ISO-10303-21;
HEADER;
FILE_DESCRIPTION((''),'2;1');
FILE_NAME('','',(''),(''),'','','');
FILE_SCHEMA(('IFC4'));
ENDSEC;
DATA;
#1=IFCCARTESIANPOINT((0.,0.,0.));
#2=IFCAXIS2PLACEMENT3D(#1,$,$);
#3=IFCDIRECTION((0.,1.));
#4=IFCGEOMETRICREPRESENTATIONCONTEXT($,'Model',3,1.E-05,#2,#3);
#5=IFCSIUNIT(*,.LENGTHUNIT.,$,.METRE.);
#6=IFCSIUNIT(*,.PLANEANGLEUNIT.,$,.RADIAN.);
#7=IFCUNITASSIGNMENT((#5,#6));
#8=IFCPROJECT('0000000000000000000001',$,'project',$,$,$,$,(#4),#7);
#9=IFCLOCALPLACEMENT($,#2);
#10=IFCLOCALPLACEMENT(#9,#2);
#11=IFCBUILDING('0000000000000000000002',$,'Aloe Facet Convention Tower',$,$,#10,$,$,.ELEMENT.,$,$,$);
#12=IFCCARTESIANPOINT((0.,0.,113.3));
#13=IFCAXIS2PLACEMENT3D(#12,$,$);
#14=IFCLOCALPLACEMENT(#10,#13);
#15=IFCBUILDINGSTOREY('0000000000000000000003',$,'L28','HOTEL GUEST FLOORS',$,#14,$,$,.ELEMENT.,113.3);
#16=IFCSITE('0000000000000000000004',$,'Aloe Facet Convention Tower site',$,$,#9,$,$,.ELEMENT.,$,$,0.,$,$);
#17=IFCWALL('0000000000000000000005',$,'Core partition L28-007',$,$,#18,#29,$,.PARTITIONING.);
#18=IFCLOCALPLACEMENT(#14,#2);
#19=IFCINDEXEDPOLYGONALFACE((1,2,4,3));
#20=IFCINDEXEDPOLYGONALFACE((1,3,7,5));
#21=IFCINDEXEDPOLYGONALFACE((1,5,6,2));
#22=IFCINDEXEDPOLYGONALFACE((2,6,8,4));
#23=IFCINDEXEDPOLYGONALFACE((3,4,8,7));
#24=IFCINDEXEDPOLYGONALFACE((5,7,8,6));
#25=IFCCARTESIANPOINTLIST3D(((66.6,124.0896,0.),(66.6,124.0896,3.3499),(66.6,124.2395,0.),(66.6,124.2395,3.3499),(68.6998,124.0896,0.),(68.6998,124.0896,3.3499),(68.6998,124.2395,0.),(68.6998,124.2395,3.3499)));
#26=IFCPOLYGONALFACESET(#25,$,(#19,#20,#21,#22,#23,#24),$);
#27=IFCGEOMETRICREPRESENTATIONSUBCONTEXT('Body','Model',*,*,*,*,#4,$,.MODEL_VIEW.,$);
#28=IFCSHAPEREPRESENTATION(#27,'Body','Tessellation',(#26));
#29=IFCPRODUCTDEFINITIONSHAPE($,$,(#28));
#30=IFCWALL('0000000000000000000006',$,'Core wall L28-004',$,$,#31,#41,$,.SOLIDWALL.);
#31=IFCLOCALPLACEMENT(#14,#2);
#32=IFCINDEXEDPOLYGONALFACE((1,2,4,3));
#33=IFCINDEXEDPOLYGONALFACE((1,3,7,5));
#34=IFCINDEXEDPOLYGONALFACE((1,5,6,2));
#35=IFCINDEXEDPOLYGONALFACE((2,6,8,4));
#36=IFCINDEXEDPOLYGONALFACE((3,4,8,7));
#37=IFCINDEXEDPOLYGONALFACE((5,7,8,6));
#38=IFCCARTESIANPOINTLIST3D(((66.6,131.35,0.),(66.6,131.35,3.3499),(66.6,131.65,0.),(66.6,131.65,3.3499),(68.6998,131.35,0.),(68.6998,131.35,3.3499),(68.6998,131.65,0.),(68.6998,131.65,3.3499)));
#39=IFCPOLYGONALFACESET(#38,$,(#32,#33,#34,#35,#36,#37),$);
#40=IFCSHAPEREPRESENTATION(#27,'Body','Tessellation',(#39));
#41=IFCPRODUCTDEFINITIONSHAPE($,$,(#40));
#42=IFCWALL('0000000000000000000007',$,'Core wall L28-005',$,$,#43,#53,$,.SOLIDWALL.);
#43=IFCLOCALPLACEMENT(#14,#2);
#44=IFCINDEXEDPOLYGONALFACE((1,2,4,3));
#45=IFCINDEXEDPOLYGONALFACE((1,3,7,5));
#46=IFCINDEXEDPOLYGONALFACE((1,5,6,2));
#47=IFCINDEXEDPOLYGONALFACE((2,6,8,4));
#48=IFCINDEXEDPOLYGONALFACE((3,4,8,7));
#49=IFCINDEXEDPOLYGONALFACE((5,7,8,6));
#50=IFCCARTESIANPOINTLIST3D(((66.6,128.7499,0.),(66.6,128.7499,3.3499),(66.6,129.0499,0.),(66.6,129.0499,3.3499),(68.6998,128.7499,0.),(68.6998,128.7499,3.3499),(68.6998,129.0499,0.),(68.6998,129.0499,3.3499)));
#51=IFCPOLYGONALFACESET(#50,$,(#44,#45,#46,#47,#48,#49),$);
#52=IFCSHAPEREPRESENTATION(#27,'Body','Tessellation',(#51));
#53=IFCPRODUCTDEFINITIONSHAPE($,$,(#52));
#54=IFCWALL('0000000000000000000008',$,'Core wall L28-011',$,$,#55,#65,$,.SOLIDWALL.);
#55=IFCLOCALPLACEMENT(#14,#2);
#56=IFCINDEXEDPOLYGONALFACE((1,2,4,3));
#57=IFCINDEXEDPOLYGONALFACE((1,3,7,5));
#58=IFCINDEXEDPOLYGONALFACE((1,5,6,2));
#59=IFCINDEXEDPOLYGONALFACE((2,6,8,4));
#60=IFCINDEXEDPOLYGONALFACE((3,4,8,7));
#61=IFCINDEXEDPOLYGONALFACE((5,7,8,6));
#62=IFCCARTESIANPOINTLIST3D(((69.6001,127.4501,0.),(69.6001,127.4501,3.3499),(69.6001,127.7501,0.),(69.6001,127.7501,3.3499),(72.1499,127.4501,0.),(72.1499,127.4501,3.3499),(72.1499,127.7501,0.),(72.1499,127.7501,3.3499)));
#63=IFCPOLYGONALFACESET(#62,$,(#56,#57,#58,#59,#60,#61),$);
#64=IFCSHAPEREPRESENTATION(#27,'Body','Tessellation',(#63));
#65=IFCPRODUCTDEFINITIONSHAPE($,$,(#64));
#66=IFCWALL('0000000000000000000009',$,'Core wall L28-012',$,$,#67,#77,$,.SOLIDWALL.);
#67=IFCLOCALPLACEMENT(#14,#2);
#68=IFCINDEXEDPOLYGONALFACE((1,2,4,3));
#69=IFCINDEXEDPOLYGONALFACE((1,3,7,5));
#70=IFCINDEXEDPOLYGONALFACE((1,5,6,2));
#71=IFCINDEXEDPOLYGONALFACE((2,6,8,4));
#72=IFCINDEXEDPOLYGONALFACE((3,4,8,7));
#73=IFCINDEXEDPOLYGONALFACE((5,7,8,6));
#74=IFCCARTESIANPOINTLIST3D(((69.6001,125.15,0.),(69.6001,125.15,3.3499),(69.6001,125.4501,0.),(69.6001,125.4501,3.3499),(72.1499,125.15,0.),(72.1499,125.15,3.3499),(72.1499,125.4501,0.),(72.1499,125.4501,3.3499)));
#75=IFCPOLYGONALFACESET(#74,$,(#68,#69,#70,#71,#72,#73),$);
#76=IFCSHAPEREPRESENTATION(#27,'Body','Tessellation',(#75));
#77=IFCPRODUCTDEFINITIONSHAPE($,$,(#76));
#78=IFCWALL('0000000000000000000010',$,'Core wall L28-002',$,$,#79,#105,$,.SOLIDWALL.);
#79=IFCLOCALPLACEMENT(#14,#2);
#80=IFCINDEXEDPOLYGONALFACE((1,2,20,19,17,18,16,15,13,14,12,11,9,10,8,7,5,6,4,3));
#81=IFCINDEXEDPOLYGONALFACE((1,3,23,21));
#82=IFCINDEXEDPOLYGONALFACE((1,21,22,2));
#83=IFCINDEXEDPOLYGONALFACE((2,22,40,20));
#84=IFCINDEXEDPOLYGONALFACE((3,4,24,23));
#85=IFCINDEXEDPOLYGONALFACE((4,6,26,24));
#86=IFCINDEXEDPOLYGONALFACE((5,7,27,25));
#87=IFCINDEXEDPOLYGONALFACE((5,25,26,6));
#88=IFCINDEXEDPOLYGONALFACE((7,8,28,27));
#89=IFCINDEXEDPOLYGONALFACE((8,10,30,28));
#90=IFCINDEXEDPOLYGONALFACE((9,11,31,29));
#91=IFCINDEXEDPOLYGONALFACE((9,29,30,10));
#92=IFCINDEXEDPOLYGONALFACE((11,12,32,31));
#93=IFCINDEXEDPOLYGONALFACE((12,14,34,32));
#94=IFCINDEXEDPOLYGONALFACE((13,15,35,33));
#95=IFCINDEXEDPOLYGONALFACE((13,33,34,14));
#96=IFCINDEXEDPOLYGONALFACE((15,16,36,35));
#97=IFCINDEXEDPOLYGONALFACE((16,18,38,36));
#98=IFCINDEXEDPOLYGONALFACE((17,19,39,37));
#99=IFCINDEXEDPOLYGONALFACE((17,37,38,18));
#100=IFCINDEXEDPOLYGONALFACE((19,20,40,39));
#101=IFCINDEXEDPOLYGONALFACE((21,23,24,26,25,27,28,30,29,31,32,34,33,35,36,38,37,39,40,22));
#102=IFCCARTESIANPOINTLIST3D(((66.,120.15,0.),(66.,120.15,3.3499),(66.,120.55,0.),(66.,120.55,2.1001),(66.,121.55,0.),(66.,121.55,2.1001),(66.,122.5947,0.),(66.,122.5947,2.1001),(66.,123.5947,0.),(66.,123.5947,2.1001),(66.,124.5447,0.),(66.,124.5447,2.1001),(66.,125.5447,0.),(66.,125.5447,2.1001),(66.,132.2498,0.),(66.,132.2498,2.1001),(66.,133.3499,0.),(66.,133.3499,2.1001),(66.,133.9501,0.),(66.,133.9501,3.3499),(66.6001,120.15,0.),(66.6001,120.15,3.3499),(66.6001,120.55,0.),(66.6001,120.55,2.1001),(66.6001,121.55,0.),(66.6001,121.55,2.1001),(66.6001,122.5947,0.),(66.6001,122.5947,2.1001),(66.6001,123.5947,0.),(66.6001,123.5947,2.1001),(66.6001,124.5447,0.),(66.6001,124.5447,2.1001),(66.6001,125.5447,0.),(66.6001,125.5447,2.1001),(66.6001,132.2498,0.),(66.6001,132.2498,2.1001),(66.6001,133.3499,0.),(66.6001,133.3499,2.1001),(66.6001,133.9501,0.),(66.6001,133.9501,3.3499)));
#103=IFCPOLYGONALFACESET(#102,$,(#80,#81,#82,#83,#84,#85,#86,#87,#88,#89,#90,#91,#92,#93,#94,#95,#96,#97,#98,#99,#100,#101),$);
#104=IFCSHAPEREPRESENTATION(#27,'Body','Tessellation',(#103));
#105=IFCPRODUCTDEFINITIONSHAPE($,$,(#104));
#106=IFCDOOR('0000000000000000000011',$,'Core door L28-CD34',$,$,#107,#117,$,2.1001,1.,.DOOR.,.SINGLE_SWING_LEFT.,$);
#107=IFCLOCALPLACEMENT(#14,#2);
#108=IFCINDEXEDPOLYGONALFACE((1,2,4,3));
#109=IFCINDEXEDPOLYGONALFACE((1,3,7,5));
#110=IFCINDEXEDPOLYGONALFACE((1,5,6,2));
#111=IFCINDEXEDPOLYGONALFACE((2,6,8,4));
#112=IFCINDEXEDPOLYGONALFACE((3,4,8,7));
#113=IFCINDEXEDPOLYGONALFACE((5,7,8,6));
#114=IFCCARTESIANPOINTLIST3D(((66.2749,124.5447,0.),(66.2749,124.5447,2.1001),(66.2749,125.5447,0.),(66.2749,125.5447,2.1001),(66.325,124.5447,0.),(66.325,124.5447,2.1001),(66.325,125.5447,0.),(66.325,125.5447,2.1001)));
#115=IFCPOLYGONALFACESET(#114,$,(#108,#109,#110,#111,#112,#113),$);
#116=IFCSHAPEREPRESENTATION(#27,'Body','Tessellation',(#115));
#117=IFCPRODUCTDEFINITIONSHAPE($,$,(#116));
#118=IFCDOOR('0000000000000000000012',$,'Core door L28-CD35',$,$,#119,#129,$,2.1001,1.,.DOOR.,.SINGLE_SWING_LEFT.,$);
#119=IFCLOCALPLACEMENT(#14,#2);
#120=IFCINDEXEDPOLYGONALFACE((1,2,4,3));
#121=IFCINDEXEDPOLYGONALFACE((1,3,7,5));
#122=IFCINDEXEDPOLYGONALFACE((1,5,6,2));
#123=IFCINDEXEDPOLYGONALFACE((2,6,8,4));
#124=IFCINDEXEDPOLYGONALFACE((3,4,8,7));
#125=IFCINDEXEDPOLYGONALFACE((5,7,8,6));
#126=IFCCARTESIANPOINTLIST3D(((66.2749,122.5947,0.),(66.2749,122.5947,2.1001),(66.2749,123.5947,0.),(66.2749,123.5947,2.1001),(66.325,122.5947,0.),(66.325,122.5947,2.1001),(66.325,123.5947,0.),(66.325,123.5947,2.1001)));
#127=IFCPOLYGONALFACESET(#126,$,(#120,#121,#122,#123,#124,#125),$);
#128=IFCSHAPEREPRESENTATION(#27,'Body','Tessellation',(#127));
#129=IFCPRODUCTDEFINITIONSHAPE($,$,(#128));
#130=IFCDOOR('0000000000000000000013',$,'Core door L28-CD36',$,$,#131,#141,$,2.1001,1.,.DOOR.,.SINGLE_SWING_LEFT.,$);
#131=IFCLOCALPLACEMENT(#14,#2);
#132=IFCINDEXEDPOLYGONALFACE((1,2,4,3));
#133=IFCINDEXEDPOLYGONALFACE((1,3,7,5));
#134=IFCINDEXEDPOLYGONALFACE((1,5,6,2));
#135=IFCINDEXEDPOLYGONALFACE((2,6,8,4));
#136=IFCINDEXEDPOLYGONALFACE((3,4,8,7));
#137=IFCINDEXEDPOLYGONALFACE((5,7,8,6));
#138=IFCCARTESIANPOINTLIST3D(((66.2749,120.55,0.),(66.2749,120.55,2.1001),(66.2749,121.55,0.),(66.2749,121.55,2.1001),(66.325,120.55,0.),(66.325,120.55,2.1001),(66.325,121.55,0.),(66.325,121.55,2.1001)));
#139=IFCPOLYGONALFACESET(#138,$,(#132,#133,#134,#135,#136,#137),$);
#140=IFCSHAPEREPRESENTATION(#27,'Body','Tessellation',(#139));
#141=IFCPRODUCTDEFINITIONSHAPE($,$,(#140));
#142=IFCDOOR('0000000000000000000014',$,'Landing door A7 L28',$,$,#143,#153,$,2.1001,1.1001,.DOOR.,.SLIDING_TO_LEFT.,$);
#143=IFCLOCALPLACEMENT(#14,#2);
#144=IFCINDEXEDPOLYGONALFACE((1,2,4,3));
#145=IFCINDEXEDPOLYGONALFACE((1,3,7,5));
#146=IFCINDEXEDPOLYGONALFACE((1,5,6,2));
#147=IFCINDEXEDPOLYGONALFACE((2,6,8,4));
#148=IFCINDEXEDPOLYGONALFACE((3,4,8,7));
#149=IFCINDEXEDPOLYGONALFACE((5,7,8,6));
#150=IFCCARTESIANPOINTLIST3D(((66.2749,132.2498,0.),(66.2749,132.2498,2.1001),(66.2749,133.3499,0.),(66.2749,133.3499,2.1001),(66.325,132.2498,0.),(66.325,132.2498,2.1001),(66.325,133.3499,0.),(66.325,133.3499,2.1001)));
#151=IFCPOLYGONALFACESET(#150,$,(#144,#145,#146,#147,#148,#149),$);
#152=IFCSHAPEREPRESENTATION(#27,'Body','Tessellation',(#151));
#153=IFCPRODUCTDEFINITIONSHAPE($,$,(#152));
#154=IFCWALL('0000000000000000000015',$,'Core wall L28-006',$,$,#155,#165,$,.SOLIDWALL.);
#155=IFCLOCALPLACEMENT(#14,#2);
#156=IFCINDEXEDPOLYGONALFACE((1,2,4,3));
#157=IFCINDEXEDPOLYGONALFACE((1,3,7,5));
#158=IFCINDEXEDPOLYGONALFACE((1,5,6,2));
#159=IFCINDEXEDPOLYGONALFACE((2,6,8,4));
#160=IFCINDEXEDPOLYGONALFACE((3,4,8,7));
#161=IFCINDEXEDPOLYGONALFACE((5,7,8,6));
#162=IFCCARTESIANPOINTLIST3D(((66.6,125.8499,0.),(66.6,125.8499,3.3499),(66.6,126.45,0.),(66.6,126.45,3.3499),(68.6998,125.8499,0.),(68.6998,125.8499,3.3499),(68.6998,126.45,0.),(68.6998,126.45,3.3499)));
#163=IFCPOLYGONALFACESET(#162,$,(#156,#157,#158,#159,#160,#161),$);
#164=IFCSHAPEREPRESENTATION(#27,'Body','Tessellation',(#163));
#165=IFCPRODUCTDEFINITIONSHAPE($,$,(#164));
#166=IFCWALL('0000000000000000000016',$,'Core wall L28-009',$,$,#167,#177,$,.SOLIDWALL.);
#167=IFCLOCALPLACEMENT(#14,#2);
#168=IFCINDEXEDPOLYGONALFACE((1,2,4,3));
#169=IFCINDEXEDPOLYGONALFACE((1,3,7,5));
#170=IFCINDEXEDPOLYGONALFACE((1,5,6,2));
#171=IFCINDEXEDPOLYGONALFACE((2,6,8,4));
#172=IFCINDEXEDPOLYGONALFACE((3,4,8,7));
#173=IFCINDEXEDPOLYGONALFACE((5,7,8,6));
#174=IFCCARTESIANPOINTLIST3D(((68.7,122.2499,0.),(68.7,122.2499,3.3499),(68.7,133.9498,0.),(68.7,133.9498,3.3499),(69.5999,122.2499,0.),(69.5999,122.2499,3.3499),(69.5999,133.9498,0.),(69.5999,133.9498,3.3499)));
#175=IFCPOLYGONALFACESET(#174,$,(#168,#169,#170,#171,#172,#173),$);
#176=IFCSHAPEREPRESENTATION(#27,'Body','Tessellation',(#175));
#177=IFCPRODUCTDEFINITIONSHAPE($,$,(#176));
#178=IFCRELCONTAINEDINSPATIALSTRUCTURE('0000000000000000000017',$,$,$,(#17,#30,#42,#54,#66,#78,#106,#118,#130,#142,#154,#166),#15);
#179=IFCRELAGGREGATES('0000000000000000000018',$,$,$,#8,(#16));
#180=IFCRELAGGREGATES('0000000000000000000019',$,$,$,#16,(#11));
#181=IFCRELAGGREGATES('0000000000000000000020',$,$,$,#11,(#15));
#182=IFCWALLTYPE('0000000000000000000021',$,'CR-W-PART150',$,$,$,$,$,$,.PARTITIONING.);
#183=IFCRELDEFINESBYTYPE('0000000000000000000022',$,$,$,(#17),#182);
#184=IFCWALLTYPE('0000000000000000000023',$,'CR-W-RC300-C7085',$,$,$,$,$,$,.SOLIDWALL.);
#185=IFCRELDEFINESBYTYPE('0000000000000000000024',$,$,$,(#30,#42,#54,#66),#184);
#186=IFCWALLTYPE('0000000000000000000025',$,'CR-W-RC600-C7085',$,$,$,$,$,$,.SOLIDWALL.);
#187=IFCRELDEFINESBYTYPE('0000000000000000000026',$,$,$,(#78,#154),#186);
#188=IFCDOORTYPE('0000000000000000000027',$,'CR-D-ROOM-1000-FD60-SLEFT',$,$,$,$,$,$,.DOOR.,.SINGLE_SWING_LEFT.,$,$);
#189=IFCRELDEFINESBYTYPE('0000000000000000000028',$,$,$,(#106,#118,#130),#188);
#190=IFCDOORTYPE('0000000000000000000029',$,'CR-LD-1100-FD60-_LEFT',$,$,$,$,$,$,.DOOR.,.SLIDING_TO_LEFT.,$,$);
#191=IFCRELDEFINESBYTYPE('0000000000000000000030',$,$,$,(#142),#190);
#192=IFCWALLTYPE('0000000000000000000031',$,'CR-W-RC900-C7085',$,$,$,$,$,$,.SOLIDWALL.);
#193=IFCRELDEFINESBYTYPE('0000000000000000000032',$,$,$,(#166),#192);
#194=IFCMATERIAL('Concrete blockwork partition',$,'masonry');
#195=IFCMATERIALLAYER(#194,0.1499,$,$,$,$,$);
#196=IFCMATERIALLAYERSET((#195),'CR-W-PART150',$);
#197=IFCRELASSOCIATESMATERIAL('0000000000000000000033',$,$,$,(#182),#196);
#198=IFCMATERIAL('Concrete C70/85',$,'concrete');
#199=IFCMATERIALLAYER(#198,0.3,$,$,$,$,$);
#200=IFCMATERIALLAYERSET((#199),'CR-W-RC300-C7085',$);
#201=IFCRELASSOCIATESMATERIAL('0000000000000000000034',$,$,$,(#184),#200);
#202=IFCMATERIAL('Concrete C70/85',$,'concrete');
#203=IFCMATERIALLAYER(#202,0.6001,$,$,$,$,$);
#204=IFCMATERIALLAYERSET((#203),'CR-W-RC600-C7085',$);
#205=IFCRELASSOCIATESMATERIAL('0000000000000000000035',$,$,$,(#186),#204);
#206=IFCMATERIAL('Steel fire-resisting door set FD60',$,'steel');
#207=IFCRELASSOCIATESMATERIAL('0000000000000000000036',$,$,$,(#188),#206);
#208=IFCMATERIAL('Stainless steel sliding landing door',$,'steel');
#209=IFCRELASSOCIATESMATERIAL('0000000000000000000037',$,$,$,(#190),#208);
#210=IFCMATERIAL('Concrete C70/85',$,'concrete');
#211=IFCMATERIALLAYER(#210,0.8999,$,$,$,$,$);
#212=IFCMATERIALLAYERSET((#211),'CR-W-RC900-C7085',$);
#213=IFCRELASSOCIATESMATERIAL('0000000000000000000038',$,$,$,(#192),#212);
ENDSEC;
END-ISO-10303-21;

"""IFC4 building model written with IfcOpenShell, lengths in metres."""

from ifc_helpers import new_model, si_unit, direction, frame, frame_2d, origin, place, context, subcontext, project, spatial, rectangle, extrude, material, layer, layer_set, type_object, element, fill, save


model = new_model("IFC4")

# Units and contexts
model_context = context("Model", 3, precision=1e-05, world=origin(), true_north=direction((0.0, 1.0)))
body_context = subcontext(model_context, "Body", "Model", "MODEL_VIEW")
ifc_project = project(units=[si_unit("LENGTHUNIT", "METRE"), si_unit("PLANEANGLEUNIT", "RADIAN")], contexts=[model_context])

# Site, building, storey
site_placement = place(None, origin())
site = spatial("IfcSite", under=ifc_project, at=site_placement, Name="Aloe Facet Convention Tower site", CompositionType="ELEMENT", RefElevation=0.0)
building_placement = place(site_placement, origin())
building = spatial("IfcBuilding", under=site, at=building_placement, Name="Aloe Facet Convention Tower", CompositionType="ELEMENT")
storey_placement = place(building_placement, frame((0.0, 0.0, 113.3)))
storey = spatial("IfcBuildingStorey", under=building, at=storey_placement, Name="L28", Description="HOTEL GUEST FLOORS", CompositionType="ELEMENT", Elevation=113.3)

# Walls
ifc_material_1 = material(Name="Concrete blockwork partition", Category="masonry")
ifc_layer_1 = layer(ifc_material_1, 0.1499)
ifc_layer_set_1 = layer_set([ifc_layer_1], Name="CR-W-PART150")
wall_type_1 = type_object("IfcWallType", Name="CR-W-PART150", PredefinedType="PARTITIONING", material=ifc_layer_set_1)
wall_1_placement = place(storey_placement, frame((66.6001, 124.1646, 0.0), z_axis=(0.0, 0.0, 1.0), x_axis=(1.0, 0.0, 0.0)))
element("IfcWall", 1, at=wall_1_placement, inside=storey, type_object=wall_type_1, Name="Core partition L28-007", PredefinedType="PARTITIONING", context=body_context, shape_type="SweptSolid", body=[
    extrude(rectangle(XDim=2.0999, YDim=0.1499, at=frame_2d((1.0498, 0.0))), origin(), (0.0, 0.0, 1.0), 3.3499),
])
ifc_material_2 = material(Name="Concrete C70/85", Category="concrete")
ifc_layer_2 = layer(ifc_material_2, 0.3)
ifc_layer_set_2 = layer_set([ifc_layer_2], Name="CR-W-RC300-C7085")
wall_type_2 = type_object("IfcWallType", Name="CR-W-RC300-C7085", PredefinedType="SOLIDWALL", material=ifc_layer_set_2)
for number, where, z_axis, x_axis, name in (
    (2, (66.6001, 131.5, 0.0), (0.0, 0.0, 1.0), (1.0, 0.0, 0.0), "Core wall L28-004"),
    (3, (66.6001, 128.8999, 0.0), (0.0, 0.0, 1.0), (1.0, 0.0, 0.0), "Core wall L28-005"),
):
    element("IfcWall", number, at=place(storey_placement, frame(where, z_axis=z_axis, x_axis=x_axis)), inside=storey, type_object=wall_type_2, Name=name, PredefinedType="SOLIDWALL", context=body_context, shape_type="SweptSolid", body=[
        extrude(rectangle(XDim=2.0999, YDim=0.3, at=frame_2d((1.0498, 0.0))), origin(), (0.0, 0.0, 1.0), 3.3499),
    ])
for number, where, z_axis, x_axis, name in (
    (4, (69.6001, 127.6001, 0.0), (0.0, 0.0, 1.0), (1.0, 0.0, 0.0), "Core wall L28-011"),
    (5, (69.6001, 125.3, 0.0), (0.0, 0.0, 1.0), (1.0, 0.0, 0.0), "Core wall L28-012"),
):
    element("IfcWall", number, at=place(storey_placement, frame(where, z_axis=z_axis, x_axis=x_axis)), inside=storey, type_object=wall_type_2, Name=name, PredefinedType="SOLIDWALL", context=body_context, shape_type="SweptSolid", body=[
        extrude(rectangle(XDim=2.5498, YDim=0.3, at=frame_2d((1.2749, 0.0))), origin(), (0.0, 0.0, 1.0), 3.3499),
    ])

# Wall, openings, doors
ifc_material_3 = material(Name="Concrete C70/85", Category="concrete")
ifc_layer_3 = layer(ifc_material_3, 0.6001)
ifc_layer_set_3 = layer_set([ifc_layer_3], Name="CR-W-RC600-C7085")
wall_type_3 = type_object("IfcWallType", Name="CR-W-RC600-C7085", PredefinedType="SOLIDWALL", material=ifc_layer_set_3)
wall_2_placement = place(storey_placement, frame((66.3, 133.95, 0.0), z_axis=(0.0, 0.0, 1.0), x_axis=(0.0, -1.0, 0.0)))
wall_2 = element("IfcWall", 6, at=wall_2_placement, inside=storey, type_object=wall_type_3, Name="Core wall L28-002", PredefinedType="SOLIDWALL", context=body_context, shape_type="SweptSolid", body=[
    extrude(rectangle(XDim=13.8, YDim=0.6001, at=frame_2d((6.8999, 0.0))), origin(), (0.0, 0.0, 1.0), 3.3499),
])
opening_1_placement = place(wall_2_placement, frame((0.6001, 0.0, 0.0)))
opening_1 = element("IfcOpeningElement", 7, at=opening_1_placement, cuts=wall_2, PredefinedType="OPENING", context=body_context, shape_type="SweptSolid", body=[
    extrude(rectangle(XDim=1.1001, YDim=2.1001, at=frame_2d((0.55, 1.05))), frame((0.0, 0.3101, 0.0), z_axis=(0.0, -1.0, 0.0), x_axis=(1.0, 0.0, 0.0)), (0.0, 0.0, 1.0), 0.6201),
])
opening_2_placement = place(wall_2_placement, frame((8.4053, 0.0, 0.0)))
opening_2 = element("IfcOpeningElement", 8, at=opening_2_placement, cuts=wall_2, PredefinedType="OPENING", context=body_context, shape_type="SweptSolid", body=[
    extrude(rectangle(XDim=1.0, YDim=2.1001, at=frame_2d((0.5, 1.05))), frame((0.0, 0.3101, 0.0), z_axis=(0.0, -1.0, 0.0), x_axis=(1.0, 0.0, 0.0)), (0.0, 0.0, 1.0), 0.6201),
])
opening_3_placement = place(wall_2_placement, frame((10.3552, 0.0, 0.0)))
opening_3 = element("IfcOpeningElement", 9, at=opening_3_placement, cuts=wall_2, PredefinedType="OPENING", context=body_context, shape_type="SweptSolid", body=[
    extrude(rectangle(XDim=1.0, YDim=2.1001, at=frame_2d((0.5, 1.05))), frame((0.0, 0.3101, 0.0), z_axis=(0.0, -1.0, 0.0), x_axis=(1.0, 0.0, 0.0)), (0.0, 0.0, 1.0), 0.6201),
])
opening_4_placement = place(wall_2_placement, frame((12.3999, 0.0, 0.0)))
opening_4 = element("IfcOpeningElement", 10, at=opening_4_placement, cuts=wall_2, PredefinedType="OPENING", context=body_context, shape_type="SweptSolid", body=[
    extrude(rectangle(XDim=1.0, YDim=2.1001, at=frame_2d((0.5, 1.05))), frame((0.0, 0.3101, 0.0), z_axis=(0.0, -1.0, 0.0), x_axis=(1.0, 0.0, 0.0)), (0.0, 0.0, 1.0), 0.6201),
])
ifc_material_4 = material(Name="Steel fire-resisting door set FD60", Category="steel")
door_type_1 = type_object("IfcDoorType", Name="CR-D-ROOM-1000-FD60-SLEFT", OperationType="SINGLE_SWING_LEFT", PredefinedType="DOOR", material=ifc_material_4)
door_1_placement = place(opening_2_placement, origin())
door_1 = element("IfcDoor", 11, at=door_1_placement, inside=storey, type_object=door_type_1, Name="Core door L28-CD34", OperationType="SINGLE_SWING_LEFT", OverallHeight=2.1001, OverallWidth=1.0, PredefinedType="DOOR", context=body_context, shape_type="SweptSolid", body=[
    extrude(rectangle(XDim=1.0, YDim=2.1001, at=frame_2d((0.5, 1.05))), frame((0.0, 0.0249, 0.0), z_axis=(0.0, -1.0, 0.0), x_axis=(1.0, 0.0, 0.0)), (0.0, 0.0, 1.0), 0.05),
])
fill(opening_2, door_1)
door_2_placement = place(opening_3_placement, origin())
door_2 = element("IfcDoor", 12, at=door_2_placement, inside=storey, type_object=door_type_1, Name="Core door L28-CD35", OperationType="SINGLE_SWING_LEFT", OverallHeight=2.1001, OverallWidth=1.0, PredefinedType="DOOR", context=body_context, shape_type="SweptSolid", body=[
    extrude(rectangle(XDim=1.0, YDim=2.1001, at=frame_2d((0.5, 1.05))), frame((0.0, 0.0249, 0.0), z_axis=(0.0, -1.0, 0.0), x_axis=(1.0, 0.0, 0.0)), (0.0, 0.0, 1.0), 0.05),
])
fill(opening_3, door_2)
door_3_placement = place(opening_4_placement, origin())
door_3 = element("IfcDoor", 13, at=door_3_placement, inside=storey, type_object=door_type_1, Name="Core door L28-CD36", OperationType="SINGLE_SWING_LEFT", OverallHeight=2.1001, OverallWidth=1.0, PredefinedType="DOOR", context=body_context, shape_type="SweptSolid", body=[
    extrude(rectangle(XDim=1.0, YDim=2.1001, at=frame_2d((0.5, 1.05))), frame((0.0, 0.0249, 0.0), z_axis=(0.0, -1.0, 0.0), x_axis=(1.0, 0.0, 0.0)), (0.0, 0.0, 1.0), 0.05),
])
fill(opening_4, door_3)
ifc_material_5 = material(Name="Stainless steel sliding landing door", Category="steel")
door_type_2 = type_object("IfcDoorType", Name="CR-LD-1100-FD60-_LEFT", OperationType="SLIDING_TO_LEFT", PredefinedType="DOOR", material=ifc_material_5)
door_4_placement = place(opening_1_placement, origin())
door_4 = element("IfcDoor", 14, at=door_4_placement, inside=storey, type_object=door_type_2, Name="Landing door A7 L28", OperationType="SLIDING_TO_LEFT", OverallHeight=2.1001, OverallWidth=1.1001, PredefinedType="DOOR", context=body_context, shape_type="SweptSolid", body=[
    extrude(rectangle(XDim=1.1001, YDim=2.1001, at=frame_2d((0.55, 1.05))), frame((0.0, 0.0249, 0.0), z_axis=(0.0, -1.0, 0.0), x_axis=(1.0, 0.0, 0.0)), (0.0, 0.0, 1.0), 0.05),
])
fill(opening_1, door_4)

# Walls
wall_3_placement = place(storey_placement, frame((66.6001, 126.1499, 0.0), z_axis=(0.0, 0.0, 1.0), x_axis=(1.0, 0.0, 0.0)))
element("IfcWall", 15, at=wall_3_placement, inside=storey, type_object=wall_type_3, Name="Core wall L28-006", PredefinedType="SOLIDWALL", context=body_context, shape_type="SweptSolid", body=[
    extrude(rectangle(XDim=2.0999, YDim=0.6001, at=frame_2d((1.0498, 0.0))), origin(), (0.0, 0.0, 1.0), 3.3499),
])
ifc_material_6 = material(Name="Concrete C70/85", Category="concrete")
ifc_layer_4 = layer(ifc_material_6, 0.8999)
ifc_layer_set_4 = layer_set([ifc_layer_4], Name="CR-W-RC900-C7085")
wall_type_4 = type_object("IfcWallType", Name="CR-W-RC900-C7085", PredefinedType="SOLIDWALL", material=ifc_layer_set_4)
wall_4_placement = place(storey_placement, frame((69.1499, 133.95, 0.0), z_axis=(0.0, 0.0, 1.0), x_axis=(0.0, -1.0, 0.0)))
element("IfcWall", 16, at=wall_4_placement, inside=storey, type_object=wall_type_4, Name="Core wall L28-009", PredefinedType="SOLIDWALL", context=body_context, shape_type="SweptSolid", body=[
    extrude(rectangle(XDim=11.7, YDim=0.8999, at=frame_2d((5.8501, 0.0))), origin(), (0.0, 0.0, 1.0), 3.3499),
])

save(model, "model.ifc")
